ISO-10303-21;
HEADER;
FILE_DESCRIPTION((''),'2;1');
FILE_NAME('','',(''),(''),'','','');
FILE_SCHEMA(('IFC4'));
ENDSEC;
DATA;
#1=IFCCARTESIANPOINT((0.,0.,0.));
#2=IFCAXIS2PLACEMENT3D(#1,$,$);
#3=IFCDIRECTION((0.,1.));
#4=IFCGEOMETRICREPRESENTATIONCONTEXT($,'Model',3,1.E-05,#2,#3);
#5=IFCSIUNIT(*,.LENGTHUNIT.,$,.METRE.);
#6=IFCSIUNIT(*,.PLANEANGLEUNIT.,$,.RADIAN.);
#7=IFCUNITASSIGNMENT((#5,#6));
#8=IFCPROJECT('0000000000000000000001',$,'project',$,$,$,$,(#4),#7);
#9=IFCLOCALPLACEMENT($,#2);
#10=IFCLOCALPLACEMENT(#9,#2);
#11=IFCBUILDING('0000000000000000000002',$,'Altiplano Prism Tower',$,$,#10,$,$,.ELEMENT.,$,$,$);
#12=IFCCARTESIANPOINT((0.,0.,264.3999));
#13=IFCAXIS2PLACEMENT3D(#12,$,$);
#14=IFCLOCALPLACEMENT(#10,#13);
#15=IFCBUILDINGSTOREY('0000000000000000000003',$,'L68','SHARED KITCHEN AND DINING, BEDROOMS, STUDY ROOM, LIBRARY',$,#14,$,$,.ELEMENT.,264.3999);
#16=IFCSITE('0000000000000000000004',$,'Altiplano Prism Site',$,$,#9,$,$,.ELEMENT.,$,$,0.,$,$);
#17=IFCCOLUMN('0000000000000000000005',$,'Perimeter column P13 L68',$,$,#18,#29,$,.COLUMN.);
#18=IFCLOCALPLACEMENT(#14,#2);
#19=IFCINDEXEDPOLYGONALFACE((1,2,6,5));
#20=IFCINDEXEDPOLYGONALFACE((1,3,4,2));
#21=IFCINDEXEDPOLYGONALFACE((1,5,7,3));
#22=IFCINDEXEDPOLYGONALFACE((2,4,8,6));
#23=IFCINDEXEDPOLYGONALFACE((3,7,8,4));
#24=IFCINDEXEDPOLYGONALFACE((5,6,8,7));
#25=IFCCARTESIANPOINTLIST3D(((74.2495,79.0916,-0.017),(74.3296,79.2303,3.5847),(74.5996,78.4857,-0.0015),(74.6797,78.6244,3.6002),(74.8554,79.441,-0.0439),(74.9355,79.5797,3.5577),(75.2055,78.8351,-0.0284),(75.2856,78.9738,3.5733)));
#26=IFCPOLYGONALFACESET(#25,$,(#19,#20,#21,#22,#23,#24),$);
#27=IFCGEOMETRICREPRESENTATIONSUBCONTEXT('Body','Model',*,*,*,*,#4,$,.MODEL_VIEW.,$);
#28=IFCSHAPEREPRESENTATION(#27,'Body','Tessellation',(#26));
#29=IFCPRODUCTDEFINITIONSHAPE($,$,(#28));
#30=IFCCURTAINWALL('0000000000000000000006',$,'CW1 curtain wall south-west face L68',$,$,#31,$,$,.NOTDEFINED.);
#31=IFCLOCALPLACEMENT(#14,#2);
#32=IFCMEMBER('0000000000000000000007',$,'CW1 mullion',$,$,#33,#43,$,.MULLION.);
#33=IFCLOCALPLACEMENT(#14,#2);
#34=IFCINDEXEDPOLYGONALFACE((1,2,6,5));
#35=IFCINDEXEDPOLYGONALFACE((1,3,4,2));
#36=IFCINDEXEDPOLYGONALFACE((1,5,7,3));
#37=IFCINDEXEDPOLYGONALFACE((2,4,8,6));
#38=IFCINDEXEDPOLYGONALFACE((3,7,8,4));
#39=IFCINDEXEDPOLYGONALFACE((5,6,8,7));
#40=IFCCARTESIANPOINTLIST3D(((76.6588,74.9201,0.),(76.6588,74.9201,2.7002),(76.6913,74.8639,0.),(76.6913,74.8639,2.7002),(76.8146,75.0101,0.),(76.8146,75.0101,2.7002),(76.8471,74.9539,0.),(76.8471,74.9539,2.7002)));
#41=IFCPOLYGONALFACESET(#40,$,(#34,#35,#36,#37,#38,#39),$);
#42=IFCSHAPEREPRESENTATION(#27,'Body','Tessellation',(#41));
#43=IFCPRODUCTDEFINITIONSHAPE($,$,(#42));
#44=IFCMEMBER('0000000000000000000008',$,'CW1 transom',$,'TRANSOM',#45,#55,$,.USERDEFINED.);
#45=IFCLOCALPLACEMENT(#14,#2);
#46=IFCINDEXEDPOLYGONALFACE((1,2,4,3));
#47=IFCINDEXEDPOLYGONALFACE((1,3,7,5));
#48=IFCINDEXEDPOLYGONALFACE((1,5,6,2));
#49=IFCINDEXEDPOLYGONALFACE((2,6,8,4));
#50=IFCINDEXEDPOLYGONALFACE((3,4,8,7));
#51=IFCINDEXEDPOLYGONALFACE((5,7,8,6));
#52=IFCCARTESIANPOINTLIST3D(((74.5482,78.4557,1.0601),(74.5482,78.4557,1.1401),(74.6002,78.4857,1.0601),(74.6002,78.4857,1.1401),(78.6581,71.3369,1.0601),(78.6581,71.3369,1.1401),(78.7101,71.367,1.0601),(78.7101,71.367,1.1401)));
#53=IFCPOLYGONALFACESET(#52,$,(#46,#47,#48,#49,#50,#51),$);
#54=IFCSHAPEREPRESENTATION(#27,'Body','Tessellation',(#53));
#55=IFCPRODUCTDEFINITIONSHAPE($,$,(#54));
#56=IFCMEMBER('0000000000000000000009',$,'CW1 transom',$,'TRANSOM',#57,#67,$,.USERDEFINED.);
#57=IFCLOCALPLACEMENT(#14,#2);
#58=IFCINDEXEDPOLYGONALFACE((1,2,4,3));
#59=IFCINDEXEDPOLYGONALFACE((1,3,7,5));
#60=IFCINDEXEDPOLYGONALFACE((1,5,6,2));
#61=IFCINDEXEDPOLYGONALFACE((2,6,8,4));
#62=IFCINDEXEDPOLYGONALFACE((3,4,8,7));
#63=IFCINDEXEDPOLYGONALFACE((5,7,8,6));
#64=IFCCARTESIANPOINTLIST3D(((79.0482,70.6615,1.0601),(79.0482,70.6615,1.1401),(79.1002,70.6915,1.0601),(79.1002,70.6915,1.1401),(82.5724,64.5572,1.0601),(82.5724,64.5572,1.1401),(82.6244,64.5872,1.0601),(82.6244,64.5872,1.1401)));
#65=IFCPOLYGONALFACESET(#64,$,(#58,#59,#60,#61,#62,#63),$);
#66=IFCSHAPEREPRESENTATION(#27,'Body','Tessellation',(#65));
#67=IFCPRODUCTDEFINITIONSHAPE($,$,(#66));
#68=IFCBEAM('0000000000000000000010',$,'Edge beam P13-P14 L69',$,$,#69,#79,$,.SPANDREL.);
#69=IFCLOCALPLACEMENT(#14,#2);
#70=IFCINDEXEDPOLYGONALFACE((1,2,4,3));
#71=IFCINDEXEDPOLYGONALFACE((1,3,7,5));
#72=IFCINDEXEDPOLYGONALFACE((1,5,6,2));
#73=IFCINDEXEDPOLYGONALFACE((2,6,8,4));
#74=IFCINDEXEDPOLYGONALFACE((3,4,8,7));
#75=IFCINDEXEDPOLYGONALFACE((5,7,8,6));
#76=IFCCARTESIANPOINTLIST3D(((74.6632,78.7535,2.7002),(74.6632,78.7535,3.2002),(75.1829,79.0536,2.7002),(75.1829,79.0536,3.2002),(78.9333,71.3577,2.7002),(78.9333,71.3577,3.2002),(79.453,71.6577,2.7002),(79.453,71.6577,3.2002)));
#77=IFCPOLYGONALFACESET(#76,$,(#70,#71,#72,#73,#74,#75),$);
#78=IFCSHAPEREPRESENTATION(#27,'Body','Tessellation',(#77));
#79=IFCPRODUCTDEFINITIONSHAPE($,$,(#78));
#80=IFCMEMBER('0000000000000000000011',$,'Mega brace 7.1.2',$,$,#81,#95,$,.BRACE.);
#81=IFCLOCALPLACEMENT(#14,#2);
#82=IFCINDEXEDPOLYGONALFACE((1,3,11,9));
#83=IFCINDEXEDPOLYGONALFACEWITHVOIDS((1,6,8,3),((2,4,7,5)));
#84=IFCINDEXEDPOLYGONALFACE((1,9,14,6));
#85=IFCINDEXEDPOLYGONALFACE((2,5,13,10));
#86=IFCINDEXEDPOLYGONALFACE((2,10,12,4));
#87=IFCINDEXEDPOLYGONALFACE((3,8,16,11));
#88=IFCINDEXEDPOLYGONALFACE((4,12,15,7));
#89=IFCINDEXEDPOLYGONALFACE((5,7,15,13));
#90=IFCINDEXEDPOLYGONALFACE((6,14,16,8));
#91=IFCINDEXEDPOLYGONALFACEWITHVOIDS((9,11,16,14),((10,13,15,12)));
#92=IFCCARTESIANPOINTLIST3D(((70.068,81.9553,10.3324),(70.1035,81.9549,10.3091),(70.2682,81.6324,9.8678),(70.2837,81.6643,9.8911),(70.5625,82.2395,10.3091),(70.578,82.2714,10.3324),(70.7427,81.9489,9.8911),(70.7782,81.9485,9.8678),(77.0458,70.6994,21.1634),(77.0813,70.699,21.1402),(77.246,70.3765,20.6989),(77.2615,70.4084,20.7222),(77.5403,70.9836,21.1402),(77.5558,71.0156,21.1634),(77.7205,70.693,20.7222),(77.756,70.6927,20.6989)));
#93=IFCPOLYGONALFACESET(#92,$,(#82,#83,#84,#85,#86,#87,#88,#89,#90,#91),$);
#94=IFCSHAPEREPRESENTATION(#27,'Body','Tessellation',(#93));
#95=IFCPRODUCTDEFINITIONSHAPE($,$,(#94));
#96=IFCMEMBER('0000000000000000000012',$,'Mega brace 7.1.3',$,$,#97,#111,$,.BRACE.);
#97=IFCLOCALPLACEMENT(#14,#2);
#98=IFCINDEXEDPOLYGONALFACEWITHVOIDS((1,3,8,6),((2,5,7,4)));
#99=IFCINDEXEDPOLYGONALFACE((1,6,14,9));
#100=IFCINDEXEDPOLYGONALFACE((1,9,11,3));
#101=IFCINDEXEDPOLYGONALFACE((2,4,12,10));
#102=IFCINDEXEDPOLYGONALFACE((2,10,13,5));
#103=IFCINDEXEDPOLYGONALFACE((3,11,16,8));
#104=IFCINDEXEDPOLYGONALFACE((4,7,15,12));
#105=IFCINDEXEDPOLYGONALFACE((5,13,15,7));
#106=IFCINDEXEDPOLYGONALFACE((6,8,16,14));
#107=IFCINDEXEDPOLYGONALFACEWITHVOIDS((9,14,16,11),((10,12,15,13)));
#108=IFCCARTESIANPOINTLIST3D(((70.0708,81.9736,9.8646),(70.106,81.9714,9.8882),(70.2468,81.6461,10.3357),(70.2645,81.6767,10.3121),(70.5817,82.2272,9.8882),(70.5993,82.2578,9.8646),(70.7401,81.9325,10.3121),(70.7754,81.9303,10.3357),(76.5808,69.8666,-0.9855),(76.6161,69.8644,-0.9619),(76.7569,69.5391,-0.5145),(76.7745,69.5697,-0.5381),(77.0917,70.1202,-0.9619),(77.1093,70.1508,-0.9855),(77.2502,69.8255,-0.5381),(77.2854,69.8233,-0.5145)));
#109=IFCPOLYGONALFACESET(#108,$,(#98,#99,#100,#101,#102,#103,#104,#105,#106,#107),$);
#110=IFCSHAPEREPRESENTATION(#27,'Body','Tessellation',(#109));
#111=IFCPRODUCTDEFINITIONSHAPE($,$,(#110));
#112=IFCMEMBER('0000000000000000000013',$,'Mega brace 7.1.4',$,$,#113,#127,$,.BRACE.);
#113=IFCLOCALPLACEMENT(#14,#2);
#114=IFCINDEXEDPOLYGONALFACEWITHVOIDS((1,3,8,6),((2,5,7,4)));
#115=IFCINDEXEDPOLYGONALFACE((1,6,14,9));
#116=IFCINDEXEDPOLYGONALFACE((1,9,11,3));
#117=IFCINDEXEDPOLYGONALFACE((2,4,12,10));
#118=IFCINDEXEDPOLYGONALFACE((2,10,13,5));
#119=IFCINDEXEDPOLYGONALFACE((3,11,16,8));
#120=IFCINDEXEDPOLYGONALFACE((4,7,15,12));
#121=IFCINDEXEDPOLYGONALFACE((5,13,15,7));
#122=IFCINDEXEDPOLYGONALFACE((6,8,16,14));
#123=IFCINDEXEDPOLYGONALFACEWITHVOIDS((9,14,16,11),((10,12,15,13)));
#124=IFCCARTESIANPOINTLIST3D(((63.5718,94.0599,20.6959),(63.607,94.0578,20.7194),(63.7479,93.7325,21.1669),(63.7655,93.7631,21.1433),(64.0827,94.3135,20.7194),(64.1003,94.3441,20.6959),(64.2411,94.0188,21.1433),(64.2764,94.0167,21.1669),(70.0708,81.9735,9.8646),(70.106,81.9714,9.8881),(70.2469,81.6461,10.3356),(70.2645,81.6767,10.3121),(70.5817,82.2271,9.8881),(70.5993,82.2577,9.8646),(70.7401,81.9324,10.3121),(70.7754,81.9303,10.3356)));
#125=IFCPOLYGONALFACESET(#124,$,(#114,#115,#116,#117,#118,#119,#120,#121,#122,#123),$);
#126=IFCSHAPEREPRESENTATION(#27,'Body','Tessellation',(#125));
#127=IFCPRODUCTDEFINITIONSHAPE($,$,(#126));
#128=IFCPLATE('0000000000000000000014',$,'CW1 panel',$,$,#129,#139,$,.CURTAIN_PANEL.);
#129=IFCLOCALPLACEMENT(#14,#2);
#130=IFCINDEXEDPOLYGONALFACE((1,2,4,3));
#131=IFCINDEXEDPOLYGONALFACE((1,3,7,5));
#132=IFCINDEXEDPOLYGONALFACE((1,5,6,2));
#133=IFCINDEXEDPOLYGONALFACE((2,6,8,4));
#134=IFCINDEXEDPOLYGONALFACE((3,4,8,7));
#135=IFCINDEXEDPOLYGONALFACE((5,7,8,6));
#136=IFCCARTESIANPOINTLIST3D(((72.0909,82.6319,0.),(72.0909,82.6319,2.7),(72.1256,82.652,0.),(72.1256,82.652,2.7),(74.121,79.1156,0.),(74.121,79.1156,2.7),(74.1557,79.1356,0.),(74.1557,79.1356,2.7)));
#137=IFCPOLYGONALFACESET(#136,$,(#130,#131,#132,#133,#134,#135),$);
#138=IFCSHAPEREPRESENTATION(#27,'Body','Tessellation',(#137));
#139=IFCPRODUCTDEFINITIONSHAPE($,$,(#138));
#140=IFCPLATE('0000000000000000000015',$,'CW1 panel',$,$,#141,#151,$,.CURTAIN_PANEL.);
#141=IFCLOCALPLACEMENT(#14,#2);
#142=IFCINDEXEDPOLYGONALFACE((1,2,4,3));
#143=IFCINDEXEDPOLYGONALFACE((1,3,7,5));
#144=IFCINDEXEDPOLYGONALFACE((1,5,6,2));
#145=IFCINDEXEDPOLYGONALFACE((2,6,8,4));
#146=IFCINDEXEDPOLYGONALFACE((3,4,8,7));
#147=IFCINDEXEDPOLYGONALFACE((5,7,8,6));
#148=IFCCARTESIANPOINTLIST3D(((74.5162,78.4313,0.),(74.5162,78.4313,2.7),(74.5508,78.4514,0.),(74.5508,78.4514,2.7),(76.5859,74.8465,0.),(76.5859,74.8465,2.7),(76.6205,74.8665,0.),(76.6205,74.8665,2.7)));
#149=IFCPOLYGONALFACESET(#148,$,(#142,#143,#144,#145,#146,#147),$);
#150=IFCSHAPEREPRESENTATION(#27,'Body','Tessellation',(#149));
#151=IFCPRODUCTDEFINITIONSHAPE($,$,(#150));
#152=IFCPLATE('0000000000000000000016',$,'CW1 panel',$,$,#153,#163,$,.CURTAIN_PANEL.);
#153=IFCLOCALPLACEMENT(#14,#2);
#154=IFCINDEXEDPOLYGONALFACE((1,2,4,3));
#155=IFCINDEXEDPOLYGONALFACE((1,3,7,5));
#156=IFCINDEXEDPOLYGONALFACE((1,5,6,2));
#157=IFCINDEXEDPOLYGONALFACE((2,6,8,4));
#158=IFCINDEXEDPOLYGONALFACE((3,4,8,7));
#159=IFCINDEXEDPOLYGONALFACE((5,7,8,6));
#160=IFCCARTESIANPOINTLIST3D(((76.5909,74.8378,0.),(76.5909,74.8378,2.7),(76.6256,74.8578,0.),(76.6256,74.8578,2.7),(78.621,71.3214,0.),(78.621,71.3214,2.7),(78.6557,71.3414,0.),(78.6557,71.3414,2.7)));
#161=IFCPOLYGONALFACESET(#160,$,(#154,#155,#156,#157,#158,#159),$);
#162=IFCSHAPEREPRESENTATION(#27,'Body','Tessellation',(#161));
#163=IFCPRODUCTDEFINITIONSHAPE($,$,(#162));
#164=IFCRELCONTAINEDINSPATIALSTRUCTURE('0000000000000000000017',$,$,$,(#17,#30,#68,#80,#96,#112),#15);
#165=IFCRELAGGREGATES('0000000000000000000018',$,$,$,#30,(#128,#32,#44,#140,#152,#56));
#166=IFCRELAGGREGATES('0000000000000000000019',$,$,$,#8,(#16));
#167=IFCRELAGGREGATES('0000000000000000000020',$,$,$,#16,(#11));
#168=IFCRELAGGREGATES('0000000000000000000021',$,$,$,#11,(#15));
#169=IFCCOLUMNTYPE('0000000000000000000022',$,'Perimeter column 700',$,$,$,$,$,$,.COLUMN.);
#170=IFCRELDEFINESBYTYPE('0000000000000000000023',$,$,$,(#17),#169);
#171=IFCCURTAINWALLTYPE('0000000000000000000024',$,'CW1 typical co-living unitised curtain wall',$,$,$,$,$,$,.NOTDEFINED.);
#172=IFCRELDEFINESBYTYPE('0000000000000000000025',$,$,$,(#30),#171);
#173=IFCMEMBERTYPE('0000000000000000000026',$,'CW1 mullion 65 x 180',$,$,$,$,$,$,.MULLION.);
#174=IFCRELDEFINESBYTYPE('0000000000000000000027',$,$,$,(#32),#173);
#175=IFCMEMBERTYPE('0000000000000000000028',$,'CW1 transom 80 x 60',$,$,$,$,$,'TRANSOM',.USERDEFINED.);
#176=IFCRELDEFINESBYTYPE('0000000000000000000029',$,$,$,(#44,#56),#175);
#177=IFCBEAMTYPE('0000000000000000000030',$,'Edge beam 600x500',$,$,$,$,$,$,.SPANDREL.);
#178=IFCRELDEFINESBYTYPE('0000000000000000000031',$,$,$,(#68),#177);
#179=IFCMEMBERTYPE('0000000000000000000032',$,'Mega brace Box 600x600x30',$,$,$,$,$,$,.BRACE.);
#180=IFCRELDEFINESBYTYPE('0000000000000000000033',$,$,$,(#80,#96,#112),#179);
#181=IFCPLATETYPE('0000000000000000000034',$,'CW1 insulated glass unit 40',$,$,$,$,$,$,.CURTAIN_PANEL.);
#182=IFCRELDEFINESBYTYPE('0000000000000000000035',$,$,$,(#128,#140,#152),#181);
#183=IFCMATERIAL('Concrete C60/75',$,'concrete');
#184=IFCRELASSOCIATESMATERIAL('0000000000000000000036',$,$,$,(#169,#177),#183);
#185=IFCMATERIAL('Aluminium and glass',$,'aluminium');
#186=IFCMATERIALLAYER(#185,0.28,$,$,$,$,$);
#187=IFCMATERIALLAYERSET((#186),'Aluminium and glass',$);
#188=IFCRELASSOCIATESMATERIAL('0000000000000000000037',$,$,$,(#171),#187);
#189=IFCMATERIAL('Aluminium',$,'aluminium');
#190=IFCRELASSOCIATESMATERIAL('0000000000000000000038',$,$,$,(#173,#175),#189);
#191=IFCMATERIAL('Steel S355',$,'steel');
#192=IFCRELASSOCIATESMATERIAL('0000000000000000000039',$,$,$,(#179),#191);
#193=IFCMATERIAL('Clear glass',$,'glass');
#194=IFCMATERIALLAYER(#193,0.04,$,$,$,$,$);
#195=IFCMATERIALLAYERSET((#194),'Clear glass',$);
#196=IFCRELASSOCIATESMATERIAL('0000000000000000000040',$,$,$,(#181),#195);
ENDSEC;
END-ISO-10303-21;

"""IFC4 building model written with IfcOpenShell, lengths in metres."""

from ifc_helpers import new_model, si_unit, direction, frame, origin, origin_2d, place, context, subcontext, project, spatial, rectangle, hollow_rectangle, extrude, material, layer, layer_set, material_profile, profile_set, type_object, element, aggregate, save


model = new_model("IFC4")

# Units and contexts
model_context = context("Model", 3, precision=1e-05, world=origin(), true_north=direction((0.0, 1.0)))
body_context = subcontext(model_context, "Body", "Model", "MODEL_VIEW")
ifc_project = project(units=[si_unit("LENGTHUNIT", "METRE"), si_unit("PLANEANGLEUNIT", "RADIAN")], contexts=[model_context])

# Site, building, storey
site_placement = place(None, origin())
site = spatial("IfcSite", under=ifc_project, at=site_placement, Name="Altiplano Prism Site", CompositionType="ELEMENT", RefElevation=0.0)
building_placement = place(site_placement, origin())
building = spatial("IfcBuilding", under=site, at=building_placement, Name="Altiplano Prism Tower", CompositionType="ELEMENT")
storey_placement = place(building_placement, frame((0.0, 0.0, 264.3999)))
storey = spatial("IfcBuildingStorey", under=building, at=storey_placement, Name="L68", Description="SHARED KITCHEN AND DINING, BEDROOMS, STUDY ROOM, LIBRARY", CompositionType="ELEMENT", Elevation=264.3999)

# Column
ifc_material_1 = material(Name="Concrete C60/75", Category="concrete")
ifc_material_profile_1 = material_profile(ifc_material_1, rectangle(XDim=0.7, YDim=0.7, at=origin_2d()), Name="Perimeter column 700")
ifc_profile_set_1 = profile_set([ifc_material_profile_1], Name="Concrete C60/75")
column_type = type_object("IfcColumnType", Name="Perimeter column 700", PredefinedType="COLUMN", material=ifc_profile_set_1)
column_placement = place(storey_placement, frame((74.7275, 78.9634, -0.0227), z_axis=(0.022212, 0.038465, 0.999013), x_axis=(-0.865642, -0.499183, 0.038467)))
element("IfcColumn", 1, at=column_placement, inside=storey, type_object=column_type, Name="Perimeter column P13 L68", PredefinedType="COLUMN", context=body_context, shape_type="SweptSolid", body=[
    extrude(rectangle(XDim=0.7, YDim=0.7, at=origin_2d()), origin(), (0.0, 0.0, 1.0), 3.6052),
])

# Curtain wall, members
ifc_material_2 = material(Name="Aluminium and glass", Category="aluminium")
ifc_layer_1 = layer(ifc_material_2, 0.28)
ifc_layer_set_1 = layer_set([ifc_layer_1], Name="Aluminium and glass")
curtain_wall_type = type_object("IfcCurtainWallType", Name="CW1 typical co-living unitised curtain wall", PredefinedType="NOTDEFINED", material=ifc_layer_set_1)
curtain_wall_placement = place(storey_placement, origin())
curtain_wall = element("IfcCurtainWall", 2, at=curtain_wall_placement, inside=storey, type_object=curtain_wall_type, Name="CW1 curtain wall south-west face L68", PredefinedType="NOTDEFINED")
ifc_material_3 = material(Name="Aluminium", Category="aluminium")
ifc_material_profile_2 = material_profile(ifc_material_3, rectangle(XDim=0.1799, YDim=0.0649, at=origin_2d()), Name="CW1 mullion 65 x 180")
ifc_profile_set_2 = profile_set([ifc_material_profile_2], Name="Aluminium")
member_type_1 = type_object("IfcMemberType", Name="CW1 mullion 65 x 180", PredefinedType="MULLION", material=ifc_profile_set_2)
member_1_placement = place(storey_placement, frame((76.7529, 74.937, 0.0), z_axis=(0.0, 0.0, 1.0), x_axis=(0.866025, 0.5, 0.0)))
member_1 = element("IfcMember", 3, at=member_1_placement, type_object=member_type_1, Name="CW1 mullion", PredefinedType="MULLION", context=body_context, shape_type="SweptSolid", body=[
    extrude(rectangle(XDim=0.1799, YDim=0.0649, at=origin_2d()), origin(), (0.0, 0.0, 1.0), 2.7002),
])
ifc_material_profile_3 = material_profile(ifc_material_3, rectangle(XDim=0.0601, YDim=0.0801, at=origin_2d()), Name="CW1 transom 80 x 60")
ifc_profile_set_3 = profile_set([ifc_material_profile_3], Name="Aluminium")
member_type_2 = type_object("IfcMemberType", Name="CW1 transom 80 x 60", ElementType="TRANSOM", PredefinedType="USERDEFINED", material=ifc_profile_set_3)
member_2_placement = place(storey_placement, frame((74.5742, 78.4707, 1.1001), z_axis=(0.499992, -0.86603, 0.0), x_axis=(0.86603, 0.499992, 0.0)))
member_2 = element("IfcMember", 4, at=member_2_placement, type_object=member_type_2, Name="CW1 transom", ObjectType="TRANSOM", PredefinedType="USERDEFINED", context=body_context, shape_type="SweptSolid", body=[
    extrude(rectangle(XDim=0.0601, YDim=0.0801, at=origin_2d()), origin(), (0.0, 0.0, 1.0), 8.22),
])
member_3_placement = place(storey_placement, frame((79.0742, 70.6765, 1.1001), z_axis=(0.499987, -0.866033, 0.0), x_axis=(0.866033, 0.499987, 0.0)))
member_3 = element("IfcMember", 5, at=member_3_placement, type_object=member_type_2, Name="CW1 transom", ObjectType="TRANSOM", PredefinedType="USERDEFINED", context=body_context, shape_type="SweptSolid", body=[
    extrude(rectangle(XDim=0.0601, YDim=0.0801, at=origin_2d()), origin(), (0.0, 0.0, 1.0), 7.0486),
])

# Beam
ifc_material_profile_4 = material_profile(ifc_material_1, rectangle(XDim=0.6001, YDim=0.5, at=origin_2d()), Name="Edge beam 600x500")
ifc_profile_set_4 = profile_set([ifc_material_profile_4], Name="Concrete C60/75")
beam_type = type_object("IfcBeamType", Name="Edge beam 600x500", PredefinedType="SPANDREL", material=ifc_profile_set_4)
beam_placement = place(storey_placement, frame((74.9231, 78.9036, 2.9502), z_axis=(0.500007, -0.866021, 0.0), x_axis=(0.866021, 0.500007, 0.0)))
element("IfcBeam", 6, at=beam_placement, inside=storey, type_object=beam_type, Name="Edge beam P13-P14 L69", PredefinedType="SPANDREL", context=body_context, shape_type="SweptSolid", body=[
    extrude(rectangle(XDim=0.6001, YDim=0.5, at=origin_2d()), origin(), (0.0, 0.0, 1.0), 8.54),
])

# Members
ifc_material_4 = material(Name="Steel S355", Category="steel")
ifc_material_profile_5 = material_profile(ifc_material_4, hollow_rectangle(XDim=0.6001, YDim=0.6001, WallThickness=0.03, at=origin_2d()), Name="Mega brace Box 600x600x30")
ifc_profile_set_5 = profile_set([ifc_material_profile_5], Name="Steel S355")
member_type_3 = type_object("IfcMemberType", Name="Mega brace Box 600x600x30", PredefinedType="BRACE", material=ifc_profile_set_5)
member_4_placement = place(storey_placement, frame((70.4231, 81.9519, 10.1001), z_axis=(0.407858, -0.657916, 0.633086), x_axis=(0.849931, 0.526893, 0.0)))
element("IfcMember", 7, at=member_4_placement, inside=storey, type_object=member_type_3, Name="Mega brace 7.1.2", PredefinedType="BRACE", context=body_context, shape_type="SweptSolid", body=[
    extrude(hollow_rectangle(XDim=0.6001, YDim=0.6001, WallThickness=0.03, at=origin_2d()), origin(), (0.0, 0.0, 1.0), 17.1084),
])
member_5_placement = place(storey_placement, frame((76.9331, 69.845, -0.75), z_axis=(-0.371738, 0.691337, 0.619568), x_axis=(-0.880748, -0.473586, 0.0)))
element("IfcMember", 8, at=member_5_placement, inside=storey, type_object=member_type_3, Name="Mega brace 7.1.3", PredefinedType="BRACE", context=body_context, shape_type="SweptSolid", body=[
    extrude(hollow_rectangle(XDim=0.6001, YDim=0.6001, WallThickness=0.03, at=origin_2d()), origin(), (0.0, 0.0, 1.0), 17.5125),
])
member_6_placement = place(storey_placement, frame((70.4231, 81.9519, 10.1001), z_axis=(-0.371746, 0.691346, 0.619553), x_axis=(-0.880746, -0.473588, 0.0)))
element("IfcMember", 9, at=member_6_placement, inside=storey, type_object=member_type_3, Name="Mega brace 7.1.4", PredefinedType="BRACE", context=body_context, shape_type="SweptSolid", body=[
    extrude(hollow_rectangle(XDim=0.6001, YDim=0.6001, WallThickness=0.03, at=origin_2d()), origin(), (0.0, 0.0, 1.0), 17.4824),
])

# Plates
ifc_material_5 = material(Name="Clear glass", Category="glass")
ifc_layer_2 = layer(ifc_material_5, 0.04)
ifc_layer_set_2 = layer_set([ifc_layer_2], Name="Clear glass")
plate_type = type_object("IfcPlateType", Name="CW1 insulated glass unit 40", PredefinedType="CURTAIN_PANEL", material=ifc_layer_set_2)
plate_1_placement = place(storey_placement, frame((73.1233, 80.8838, 0.0), z_axis=(0.0, 0.0, 1.0), x_axis=(0.5, -0.866025, 0.0)))
plate_1 = element("IfcPlate", 10, at=plate_1_placement, type_object=plate_type, Name="CW1 panel", PredefinedType="CURTAIN_PANEL", context=body_context, shape_type="SweptSolid", body=[
    extrude(rectangle(XDim=4.0603, YDim=0.04, at=origin_2d()), origin(), (0.0, 0.0, 1.0), 2.7),
])
plate_2_placement = place(storey_placement, frame((75.5684, 76.6489, 0.0), z_axis=(0.0, 0.0, 1.0), x_axis=(0.5, -0.866025, 0.0)))
plate_2 = element("IfcPlate", 11, at=plate_2_placement, type_object=plate_type, Name="CW1 panel", PredefinedType="CURTAIN_PANEL", context=body_context, shape_type="SweptSolid", body=[
    extrude(rectangle(XDim=4.1394, YDim=0.04, at=origin_2d()), origin(), (0.0, 0.0, 1.0), 2.7),
])
plate_3_placement = place(storey_placement, frame((77.6233, 73.0896, 0.0), z_axis=(0.0, 0.0, 1.0), x_axis=(0.5, -0.866025, 0.0)))
plate_3 = element("IfcPlate", 12, at=plate_3_placement, type_object=plate_type, Name="CW1 panel", PredefinedType="CURTAIN_PANEL", context=body_context, shape_type="SweptSolid", body=[
    extrude(rectangle(XDim=4.0603, YDim=0.04, at=origin_2d()), origin(), (0.0, 0.0, 1.0), 2.7),
])
aggregate(curtain_wall, [plate_1, member_1, member_2, plate_2, plate_3, member_3])

save(model, "model.ifc")
